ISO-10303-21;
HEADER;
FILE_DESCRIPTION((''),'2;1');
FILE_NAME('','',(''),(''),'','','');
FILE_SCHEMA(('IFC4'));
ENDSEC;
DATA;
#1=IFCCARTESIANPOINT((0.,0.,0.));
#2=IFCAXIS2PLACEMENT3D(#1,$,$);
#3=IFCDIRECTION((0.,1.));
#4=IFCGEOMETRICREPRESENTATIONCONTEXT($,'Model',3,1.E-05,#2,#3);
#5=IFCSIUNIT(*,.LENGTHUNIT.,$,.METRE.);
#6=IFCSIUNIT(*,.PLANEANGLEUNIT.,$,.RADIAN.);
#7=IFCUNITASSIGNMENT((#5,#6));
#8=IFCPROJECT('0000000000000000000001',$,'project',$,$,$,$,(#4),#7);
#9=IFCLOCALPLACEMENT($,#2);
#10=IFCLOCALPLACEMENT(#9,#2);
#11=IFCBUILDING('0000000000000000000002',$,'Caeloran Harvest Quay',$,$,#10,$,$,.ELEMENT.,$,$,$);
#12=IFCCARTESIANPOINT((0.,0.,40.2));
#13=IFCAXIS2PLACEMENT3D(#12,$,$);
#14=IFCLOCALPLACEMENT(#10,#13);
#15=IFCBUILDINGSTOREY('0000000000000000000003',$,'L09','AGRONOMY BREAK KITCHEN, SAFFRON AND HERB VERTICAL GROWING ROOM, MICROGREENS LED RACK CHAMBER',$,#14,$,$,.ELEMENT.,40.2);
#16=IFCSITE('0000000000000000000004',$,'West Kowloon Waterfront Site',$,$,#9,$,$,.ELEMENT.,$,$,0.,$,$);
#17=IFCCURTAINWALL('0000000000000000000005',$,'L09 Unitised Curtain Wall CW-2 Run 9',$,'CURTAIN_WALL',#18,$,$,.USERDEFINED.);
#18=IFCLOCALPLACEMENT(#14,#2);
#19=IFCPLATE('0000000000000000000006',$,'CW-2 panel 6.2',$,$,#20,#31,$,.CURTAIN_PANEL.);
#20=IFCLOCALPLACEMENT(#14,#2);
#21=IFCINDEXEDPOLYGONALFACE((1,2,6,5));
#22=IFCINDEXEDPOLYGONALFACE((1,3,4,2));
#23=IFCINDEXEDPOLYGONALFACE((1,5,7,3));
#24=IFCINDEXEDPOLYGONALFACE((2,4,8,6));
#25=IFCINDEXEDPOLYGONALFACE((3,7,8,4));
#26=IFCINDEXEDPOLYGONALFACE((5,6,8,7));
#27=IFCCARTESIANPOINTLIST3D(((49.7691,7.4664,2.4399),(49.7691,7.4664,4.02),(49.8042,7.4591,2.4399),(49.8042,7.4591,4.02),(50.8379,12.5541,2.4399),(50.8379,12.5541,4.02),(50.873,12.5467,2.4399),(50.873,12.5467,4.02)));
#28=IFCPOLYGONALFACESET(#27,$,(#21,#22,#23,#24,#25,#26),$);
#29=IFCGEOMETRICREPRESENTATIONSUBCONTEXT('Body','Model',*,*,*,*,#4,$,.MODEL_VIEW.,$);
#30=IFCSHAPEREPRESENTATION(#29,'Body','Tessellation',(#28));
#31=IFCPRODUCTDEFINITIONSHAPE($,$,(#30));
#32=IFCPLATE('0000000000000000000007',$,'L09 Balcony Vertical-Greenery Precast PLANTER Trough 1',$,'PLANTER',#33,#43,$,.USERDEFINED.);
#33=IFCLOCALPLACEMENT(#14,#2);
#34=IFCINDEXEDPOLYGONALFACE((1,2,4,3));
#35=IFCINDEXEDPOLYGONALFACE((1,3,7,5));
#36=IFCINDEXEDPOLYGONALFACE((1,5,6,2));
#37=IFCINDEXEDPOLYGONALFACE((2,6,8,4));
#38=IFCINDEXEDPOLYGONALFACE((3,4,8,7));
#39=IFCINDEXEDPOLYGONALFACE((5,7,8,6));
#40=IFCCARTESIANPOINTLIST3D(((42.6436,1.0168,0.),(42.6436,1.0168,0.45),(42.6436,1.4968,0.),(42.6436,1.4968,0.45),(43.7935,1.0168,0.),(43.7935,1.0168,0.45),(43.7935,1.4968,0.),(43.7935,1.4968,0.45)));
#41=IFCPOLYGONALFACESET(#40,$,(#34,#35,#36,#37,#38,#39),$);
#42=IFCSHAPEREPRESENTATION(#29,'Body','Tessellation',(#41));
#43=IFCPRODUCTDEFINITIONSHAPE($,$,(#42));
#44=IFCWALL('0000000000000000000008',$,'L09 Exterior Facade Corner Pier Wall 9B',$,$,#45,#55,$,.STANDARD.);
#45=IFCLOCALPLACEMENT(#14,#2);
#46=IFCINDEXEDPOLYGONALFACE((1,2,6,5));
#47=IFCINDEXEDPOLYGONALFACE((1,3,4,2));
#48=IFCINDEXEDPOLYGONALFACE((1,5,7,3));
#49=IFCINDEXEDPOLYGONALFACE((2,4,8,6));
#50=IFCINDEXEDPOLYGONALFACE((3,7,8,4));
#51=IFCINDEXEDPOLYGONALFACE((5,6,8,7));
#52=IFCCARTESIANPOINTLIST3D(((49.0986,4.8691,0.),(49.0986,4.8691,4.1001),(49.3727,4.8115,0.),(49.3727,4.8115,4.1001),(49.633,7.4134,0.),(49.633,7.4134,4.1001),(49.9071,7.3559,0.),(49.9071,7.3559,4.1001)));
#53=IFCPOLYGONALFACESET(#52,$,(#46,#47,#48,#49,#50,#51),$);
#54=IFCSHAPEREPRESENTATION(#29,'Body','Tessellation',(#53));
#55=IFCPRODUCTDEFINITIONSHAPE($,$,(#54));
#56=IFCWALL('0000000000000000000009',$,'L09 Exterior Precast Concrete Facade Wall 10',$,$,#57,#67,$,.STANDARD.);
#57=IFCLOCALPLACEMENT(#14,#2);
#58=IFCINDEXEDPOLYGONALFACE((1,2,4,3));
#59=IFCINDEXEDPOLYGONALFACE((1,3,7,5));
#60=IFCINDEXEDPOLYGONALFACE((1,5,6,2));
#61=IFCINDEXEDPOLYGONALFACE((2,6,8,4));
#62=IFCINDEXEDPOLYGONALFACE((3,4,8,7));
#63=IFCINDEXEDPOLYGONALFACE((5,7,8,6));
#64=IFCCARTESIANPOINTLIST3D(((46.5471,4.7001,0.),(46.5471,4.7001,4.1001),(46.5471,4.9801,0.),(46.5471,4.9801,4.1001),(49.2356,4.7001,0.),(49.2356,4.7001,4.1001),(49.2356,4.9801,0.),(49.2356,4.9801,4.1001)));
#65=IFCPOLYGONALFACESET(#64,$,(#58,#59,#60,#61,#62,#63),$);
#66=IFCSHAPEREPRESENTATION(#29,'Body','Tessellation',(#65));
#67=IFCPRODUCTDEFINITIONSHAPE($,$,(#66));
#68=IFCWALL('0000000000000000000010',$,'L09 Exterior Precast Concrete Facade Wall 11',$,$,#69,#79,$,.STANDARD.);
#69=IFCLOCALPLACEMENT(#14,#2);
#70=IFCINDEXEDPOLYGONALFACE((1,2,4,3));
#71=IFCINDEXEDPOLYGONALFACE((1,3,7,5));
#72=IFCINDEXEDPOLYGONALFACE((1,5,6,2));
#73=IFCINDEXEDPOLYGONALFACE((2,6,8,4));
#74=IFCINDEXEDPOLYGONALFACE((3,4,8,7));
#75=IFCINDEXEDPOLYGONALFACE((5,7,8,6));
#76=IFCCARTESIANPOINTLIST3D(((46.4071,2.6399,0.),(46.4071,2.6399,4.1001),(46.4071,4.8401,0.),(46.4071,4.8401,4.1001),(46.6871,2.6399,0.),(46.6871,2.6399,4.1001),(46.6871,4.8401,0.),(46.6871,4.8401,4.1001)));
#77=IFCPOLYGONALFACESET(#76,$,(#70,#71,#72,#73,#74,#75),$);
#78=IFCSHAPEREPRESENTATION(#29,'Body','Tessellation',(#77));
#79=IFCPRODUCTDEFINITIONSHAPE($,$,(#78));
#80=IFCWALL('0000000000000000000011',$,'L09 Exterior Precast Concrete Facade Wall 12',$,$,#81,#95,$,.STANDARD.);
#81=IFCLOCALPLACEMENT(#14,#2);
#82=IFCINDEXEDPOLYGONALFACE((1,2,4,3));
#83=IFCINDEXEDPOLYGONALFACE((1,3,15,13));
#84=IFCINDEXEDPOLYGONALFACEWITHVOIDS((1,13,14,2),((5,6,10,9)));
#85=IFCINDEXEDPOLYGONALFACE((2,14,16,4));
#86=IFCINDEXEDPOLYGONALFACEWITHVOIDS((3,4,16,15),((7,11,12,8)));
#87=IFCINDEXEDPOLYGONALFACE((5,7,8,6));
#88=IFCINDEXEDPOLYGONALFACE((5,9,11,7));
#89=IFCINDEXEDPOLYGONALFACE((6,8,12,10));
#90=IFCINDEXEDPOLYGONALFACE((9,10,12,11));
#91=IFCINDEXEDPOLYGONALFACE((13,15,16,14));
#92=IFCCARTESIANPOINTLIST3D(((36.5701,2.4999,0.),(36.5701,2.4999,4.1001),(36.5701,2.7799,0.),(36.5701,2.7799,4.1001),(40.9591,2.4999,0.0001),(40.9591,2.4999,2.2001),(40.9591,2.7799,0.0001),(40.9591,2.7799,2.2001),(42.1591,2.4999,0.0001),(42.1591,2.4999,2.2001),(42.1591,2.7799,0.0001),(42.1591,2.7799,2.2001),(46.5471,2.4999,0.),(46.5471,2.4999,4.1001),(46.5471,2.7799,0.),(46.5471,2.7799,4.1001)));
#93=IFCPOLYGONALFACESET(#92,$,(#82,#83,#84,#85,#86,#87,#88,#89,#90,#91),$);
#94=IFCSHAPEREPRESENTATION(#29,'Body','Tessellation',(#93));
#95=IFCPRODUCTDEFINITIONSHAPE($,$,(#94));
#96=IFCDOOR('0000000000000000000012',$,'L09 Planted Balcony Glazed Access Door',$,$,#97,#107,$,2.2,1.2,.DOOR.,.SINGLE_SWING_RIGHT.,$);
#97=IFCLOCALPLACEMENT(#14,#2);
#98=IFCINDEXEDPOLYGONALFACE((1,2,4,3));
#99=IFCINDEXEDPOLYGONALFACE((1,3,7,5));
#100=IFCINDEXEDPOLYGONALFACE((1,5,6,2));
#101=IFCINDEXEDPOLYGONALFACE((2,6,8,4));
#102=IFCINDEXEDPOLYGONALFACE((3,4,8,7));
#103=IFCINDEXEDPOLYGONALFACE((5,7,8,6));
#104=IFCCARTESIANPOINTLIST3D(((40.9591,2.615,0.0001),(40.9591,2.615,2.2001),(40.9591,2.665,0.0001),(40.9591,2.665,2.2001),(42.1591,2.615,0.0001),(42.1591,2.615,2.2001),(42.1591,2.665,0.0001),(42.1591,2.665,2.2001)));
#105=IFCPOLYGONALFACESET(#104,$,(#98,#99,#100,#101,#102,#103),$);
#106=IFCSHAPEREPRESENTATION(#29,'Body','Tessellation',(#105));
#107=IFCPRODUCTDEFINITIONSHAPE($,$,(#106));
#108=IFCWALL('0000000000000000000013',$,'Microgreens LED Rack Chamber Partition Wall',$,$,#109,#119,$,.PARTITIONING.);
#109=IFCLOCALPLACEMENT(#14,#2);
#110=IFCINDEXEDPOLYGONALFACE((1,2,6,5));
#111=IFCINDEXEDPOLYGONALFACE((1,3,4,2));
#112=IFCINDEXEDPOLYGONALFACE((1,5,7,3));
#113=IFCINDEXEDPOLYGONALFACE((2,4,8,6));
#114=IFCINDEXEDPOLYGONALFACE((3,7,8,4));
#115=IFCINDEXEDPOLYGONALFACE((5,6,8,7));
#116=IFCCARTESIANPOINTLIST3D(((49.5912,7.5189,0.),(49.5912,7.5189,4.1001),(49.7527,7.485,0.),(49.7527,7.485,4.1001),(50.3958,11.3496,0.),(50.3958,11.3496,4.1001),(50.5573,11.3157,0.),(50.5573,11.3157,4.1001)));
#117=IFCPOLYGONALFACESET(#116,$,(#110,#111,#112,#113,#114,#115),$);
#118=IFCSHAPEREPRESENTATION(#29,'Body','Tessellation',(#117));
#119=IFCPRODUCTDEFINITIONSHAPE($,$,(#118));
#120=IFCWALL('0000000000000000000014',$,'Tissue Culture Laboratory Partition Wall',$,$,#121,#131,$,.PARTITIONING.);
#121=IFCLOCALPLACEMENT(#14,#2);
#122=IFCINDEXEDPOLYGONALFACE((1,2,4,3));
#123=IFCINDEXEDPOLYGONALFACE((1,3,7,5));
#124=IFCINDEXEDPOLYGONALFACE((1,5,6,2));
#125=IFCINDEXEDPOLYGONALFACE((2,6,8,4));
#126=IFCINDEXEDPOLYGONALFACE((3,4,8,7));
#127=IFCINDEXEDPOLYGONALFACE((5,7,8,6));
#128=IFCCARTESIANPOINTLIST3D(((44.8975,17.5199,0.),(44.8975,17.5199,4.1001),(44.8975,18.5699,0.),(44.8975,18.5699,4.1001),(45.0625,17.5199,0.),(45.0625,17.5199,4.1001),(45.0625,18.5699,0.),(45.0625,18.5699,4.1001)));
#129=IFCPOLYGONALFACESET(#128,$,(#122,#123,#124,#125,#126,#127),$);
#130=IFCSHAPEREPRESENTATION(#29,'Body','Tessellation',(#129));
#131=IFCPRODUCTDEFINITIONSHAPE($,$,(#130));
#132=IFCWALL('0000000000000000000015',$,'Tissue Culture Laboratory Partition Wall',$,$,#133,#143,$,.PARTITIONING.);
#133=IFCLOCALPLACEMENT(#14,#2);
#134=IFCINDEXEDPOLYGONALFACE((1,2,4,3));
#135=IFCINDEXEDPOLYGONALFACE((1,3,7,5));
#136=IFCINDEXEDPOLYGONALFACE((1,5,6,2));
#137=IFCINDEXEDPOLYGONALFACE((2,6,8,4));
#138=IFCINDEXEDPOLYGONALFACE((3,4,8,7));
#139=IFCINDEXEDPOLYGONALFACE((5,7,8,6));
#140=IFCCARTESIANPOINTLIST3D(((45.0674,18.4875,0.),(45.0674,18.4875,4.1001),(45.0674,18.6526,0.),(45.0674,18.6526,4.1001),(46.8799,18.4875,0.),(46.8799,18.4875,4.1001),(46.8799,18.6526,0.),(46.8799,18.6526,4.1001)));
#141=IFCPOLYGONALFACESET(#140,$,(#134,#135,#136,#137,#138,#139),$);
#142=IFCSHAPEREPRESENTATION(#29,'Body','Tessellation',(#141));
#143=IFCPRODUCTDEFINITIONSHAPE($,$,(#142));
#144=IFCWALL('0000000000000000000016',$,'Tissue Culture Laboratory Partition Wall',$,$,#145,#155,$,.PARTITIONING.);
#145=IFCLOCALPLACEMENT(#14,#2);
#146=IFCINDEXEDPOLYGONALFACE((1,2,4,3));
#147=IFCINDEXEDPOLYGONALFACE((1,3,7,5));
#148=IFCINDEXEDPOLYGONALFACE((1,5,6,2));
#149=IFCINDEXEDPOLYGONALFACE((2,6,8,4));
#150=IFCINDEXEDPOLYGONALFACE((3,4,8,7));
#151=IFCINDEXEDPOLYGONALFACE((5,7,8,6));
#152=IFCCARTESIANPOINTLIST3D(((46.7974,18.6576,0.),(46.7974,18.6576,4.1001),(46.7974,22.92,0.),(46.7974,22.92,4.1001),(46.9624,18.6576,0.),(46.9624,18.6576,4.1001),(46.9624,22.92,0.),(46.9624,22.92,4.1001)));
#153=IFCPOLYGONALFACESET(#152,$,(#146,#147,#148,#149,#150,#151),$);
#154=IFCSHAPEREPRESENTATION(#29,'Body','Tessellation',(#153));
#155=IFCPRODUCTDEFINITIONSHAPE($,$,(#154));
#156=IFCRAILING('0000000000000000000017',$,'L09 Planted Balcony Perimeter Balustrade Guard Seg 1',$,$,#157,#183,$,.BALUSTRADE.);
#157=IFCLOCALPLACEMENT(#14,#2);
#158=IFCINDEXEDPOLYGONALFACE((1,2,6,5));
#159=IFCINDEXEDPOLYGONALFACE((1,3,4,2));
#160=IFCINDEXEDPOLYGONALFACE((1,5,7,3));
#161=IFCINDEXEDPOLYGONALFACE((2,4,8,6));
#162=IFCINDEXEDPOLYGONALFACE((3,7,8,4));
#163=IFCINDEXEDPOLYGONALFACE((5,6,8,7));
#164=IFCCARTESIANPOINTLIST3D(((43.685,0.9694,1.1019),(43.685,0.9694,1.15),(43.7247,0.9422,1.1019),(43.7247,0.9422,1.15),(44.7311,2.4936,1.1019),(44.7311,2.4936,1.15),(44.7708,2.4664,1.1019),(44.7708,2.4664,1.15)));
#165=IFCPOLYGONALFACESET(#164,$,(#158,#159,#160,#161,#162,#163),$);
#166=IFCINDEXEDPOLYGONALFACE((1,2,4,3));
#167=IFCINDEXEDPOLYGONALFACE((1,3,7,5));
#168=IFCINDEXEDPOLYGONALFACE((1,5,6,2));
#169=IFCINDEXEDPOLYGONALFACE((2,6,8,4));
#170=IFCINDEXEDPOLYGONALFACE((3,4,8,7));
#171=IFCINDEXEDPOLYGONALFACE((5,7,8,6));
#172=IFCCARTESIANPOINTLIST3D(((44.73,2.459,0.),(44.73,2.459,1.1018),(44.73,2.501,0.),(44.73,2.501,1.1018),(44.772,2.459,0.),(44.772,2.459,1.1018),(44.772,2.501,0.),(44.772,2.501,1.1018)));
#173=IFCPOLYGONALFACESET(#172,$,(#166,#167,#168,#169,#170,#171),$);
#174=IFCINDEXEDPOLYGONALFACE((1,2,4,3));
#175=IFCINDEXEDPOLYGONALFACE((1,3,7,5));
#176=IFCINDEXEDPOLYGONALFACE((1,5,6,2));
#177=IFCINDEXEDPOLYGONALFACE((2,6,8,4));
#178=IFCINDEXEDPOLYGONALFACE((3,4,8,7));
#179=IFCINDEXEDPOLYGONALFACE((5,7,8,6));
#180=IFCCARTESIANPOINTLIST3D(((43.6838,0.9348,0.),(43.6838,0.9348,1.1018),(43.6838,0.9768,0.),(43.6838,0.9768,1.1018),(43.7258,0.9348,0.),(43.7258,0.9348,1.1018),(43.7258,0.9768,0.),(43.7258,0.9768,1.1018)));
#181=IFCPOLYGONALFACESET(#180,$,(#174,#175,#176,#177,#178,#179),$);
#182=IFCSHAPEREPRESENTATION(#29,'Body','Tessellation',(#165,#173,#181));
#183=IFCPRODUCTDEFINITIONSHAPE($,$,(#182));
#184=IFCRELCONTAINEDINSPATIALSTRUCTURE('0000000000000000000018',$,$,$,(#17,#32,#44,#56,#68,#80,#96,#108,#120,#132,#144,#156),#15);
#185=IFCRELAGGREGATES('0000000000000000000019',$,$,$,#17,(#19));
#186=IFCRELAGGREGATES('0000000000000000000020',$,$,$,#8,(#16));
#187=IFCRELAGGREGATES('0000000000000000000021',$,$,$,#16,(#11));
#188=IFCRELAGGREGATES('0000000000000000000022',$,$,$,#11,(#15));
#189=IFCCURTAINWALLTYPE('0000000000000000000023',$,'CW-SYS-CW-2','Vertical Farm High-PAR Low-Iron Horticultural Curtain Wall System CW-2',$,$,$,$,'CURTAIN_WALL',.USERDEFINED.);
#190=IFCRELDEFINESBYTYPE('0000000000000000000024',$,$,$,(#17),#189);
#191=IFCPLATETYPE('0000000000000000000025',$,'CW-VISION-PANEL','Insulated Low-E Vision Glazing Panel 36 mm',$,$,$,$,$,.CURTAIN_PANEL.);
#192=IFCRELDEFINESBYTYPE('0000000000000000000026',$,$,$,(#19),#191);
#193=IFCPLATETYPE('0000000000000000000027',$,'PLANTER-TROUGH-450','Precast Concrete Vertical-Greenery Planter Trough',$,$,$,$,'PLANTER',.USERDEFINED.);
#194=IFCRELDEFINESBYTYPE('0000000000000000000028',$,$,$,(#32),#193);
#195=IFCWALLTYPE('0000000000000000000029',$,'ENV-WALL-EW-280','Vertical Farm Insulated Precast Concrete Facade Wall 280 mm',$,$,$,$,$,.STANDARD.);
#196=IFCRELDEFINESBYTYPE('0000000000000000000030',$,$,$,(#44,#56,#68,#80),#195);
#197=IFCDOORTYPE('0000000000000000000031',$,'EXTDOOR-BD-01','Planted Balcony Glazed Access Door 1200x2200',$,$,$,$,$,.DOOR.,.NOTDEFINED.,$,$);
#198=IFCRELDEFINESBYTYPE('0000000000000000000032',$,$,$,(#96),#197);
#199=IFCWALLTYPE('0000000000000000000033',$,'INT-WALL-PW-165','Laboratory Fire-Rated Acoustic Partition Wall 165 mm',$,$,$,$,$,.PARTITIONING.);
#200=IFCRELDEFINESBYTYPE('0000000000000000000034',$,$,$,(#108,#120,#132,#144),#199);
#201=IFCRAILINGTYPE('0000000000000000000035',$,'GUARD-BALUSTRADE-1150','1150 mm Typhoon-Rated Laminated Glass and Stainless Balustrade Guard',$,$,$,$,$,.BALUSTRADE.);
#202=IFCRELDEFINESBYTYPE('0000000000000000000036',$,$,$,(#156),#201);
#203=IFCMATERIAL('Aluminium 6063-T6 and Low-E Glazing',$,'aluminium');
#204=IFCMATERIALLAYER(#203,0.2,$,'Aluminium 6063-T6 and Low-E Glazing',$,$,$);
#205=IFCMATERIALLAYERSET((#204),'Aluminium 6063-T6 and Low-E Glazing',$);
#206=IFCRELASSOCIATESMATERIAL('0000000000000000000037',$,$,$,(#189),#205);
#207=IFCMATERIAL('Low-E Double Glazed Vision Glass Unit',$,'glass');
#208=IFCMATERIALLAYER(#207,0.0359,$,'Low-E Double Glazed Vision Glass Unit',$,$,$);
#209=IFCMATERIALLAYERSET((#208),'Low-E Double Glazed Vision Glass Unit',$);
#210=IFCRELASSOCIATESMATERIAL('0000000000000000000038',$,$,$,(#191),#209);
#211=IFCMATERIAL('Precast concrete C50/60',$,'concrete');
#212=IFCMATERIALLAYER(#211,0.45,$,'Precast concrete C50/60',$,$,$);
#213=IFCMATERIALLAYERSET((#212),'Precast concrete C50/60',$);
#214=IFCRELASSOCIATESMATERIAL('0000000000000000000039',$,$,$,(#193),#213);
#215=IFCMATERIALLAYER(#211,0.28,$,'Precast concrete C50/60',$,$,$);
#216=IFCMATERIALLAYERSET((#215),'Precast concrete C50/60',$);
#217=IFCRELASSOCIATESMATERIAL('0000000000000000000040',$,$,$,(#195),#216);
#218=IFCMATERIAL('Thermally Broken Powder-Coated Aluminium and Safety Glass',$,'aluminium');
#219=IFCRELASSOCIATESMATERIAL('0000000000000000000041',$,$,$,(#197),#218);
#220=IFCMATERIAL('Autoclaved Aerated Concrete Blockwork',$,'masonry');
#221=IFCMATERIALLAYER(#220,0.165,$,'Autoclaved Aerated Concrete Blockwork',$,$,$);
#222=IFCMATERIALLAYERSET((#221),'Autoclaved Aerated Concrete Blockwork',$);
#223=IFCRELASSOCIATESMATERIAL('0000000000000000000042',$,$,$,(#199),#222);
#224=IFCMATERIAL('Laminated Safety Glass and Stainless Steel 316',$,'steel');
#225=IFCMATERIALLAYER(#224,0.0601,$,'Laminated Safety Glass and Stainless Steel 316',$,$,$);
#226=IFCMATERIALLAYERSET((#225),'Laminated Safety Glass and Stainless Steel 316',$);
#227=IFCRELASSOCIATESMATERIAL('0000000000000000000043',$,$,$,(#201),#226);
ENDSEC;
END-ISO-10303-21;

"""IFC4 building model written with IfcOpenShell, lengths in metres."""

from ifc_helpers import new_model, si_unit, direction, frame, frame_2d, origin, origin_2d, place, context, subcontext, project, spatial, rectangle, extrude, material, layer, layer_set, type_object, element, fill, aggregate, save


model = new_model("IFC4")

# Units and contexts
model_context = context("Model", 3, precision=1e-05, world=origin(), true_north=direction((0.0, 1.0)))
body_context = subcontext(model_context, "Body", "Model", "MODEL_VIEW")
ifc_project = project(units=[si_unit("LENGTHUNIT", "METRE"), si_unit("PLANEANGLEUNIT", "RADIAN")], contexts=[model_context])

# Site, building, storey
site_placement = place(None, origin())
site = spatial("IfcSite", under=ifc_project, at=site_placement, Name="West Kowloon Waterfront Site", CompositionType="ELEMENT", RefElevation=0.0)
building_placement = place(site_placement, origin())
building = spatial("IfcBuilding", under=site, at=building_placement, Name="Caeloran Harvest Quay", CompositionType="ELEMENT")
storey_placement = place(building_placement, frame((0.0, 0.0, 40.2)))
storey = spatial("IfcBuildingStorey", under=building, at=storey_placement, Name="L09", Description="AGRONOMY BREAK KITCHEN, SAFFRON AND HERB VERTICAL GROWING ROOM, MICROGREENS LED RACK CHAMBER", CompositionType="ELEMENT", Elevation=40.2)

# Curtain wall, plate
ifc_material_1 = material(Name="Aluminium 6063-T6 and Low-E Glazing", Category="aluminium")
ifc_layer_1 = layer(ifc_material_1, 0.2, Name="Aluminium 6063-T6 and Low-E Glazing")
ifc_layer_set_1 = layer_set([ifc_layer_1], Name="Aluminium 6063-T6 and Low-E Glazing")
curtain_wall_type = type_object("IfcCurtainWallType", Name="CW-SYS-CW-2", Description="Vertical Farm High-PAR Low-Iron Horticultural Curtain Wall System CW-2", ElementType="CURTAIN_WALL", PredefinedType="USERDEFINED", material=ifc_layer_set_1)
curtain_wall_placement = place(storey_placement, origin())
curtain_wall = element("IfcCurtainWall", 1, at=curtain_wall_placement, inside=storey, type_object=curtain_wall_type, Name="L09 Unitised Curtain Wall CW-2 Run 9", ObjectType="CURTAIN_WALL", PredefinedType="USERDEFINED")
ifc_material_2 = material(Name="Low-E Double Glazed Vision Glass Unit", Category="glass")
ifc_layer_2 = layer(ifc_material_2, 0.0359, Name="Low-E Double Glazed Vision Glass Unit")
ifc_layer_set_2 = layer_set([ifc_layer_2], Name="Low-E Double Glazed Vision Glass Unit")
plate_type_1 = type_object("IfcPlateType", Name="CW-VISION-PANEL", Description="Insulated Low-E Vision Glazing Panel 36 mm", PredefinedType="CURTAIN_PANEL", material=ifc_layer_set_2)
plate_1_placement = place(storey_placement, frame((50.321, 10.0066, 2.4399), z_axis=(0.0, 0.0, 1.0), x_axis=(-0.205583, -0.97864, 0.0)))
plate_1 = element("IfcPlate", 2, at=plate_1_placement, type_object=plate_type_1, Name="CW-2 panel 6.2", PredefinedType="CURTAIN_PANEL", context=body_context, shape_type="SweptSolid", body=[
    extrude(rectangle(XDim=5.1987, YDim=0.0359, at=origin_2d()), origin(), (0.0, 0.0, 1.0), 1.5801),
])
aggregate(curtain_wall, [plate_1])

# Plate
ifc_material_3 = material(Name="Precast concrete C50/60", Category="concrete")
ifc_layer_3 = layer(ifc_material_3, 0.45, Name="Precast concrete C50/60")
ifc_layer_set_3 = layer_set([ifc_layer_3], Name="Precast concrete C50/60")
plate_type_2 = type_object("IfcPlateType", Name="PLANTER-TROUGH-450", Description="Precast Concrete Vertical-Greenery Planter Trough", ElementType="PLANTER", PredefinedType="USERDEFINED", material=ifc_layer_set_3)
plate_2_placement = place(storey_placement, frame((43.2185, 1.2568, 0.0), z_axis=(0.0, 0.0, 1.0), x_axis=(1.0, 0.0, 0.0)))
element("IfcPlate", 3, at=plate_2_placement, inside=storey, type_object=plate_type_2, Name="L09 Balcony Vertical-Greenery Precast PLANTER Trough 1", ObjectType="PLANTER", PredefinedType="USERDEFINED", context=body_context, shape_type="SweptSolid", body=[
    extrude(rectangle(XDim=1.1499, YDim=0.48, at=origin_2d()), origin(), (0.0, 0.0, 1.0), 0.45),
])

# Walls
ifc_layer_4 = layer(ifc_material_3, 0.28, Name="Precast concrete C50/60")
ifc_layer_set_4 = layer_set([ifc_layer_4], Name="Precast concrete C50/60")
wall_type_1 = type_object("IfcWallType", Name="ENV-WALL-EW-280", Description="Vertical Farm Insulated Precast Concrete Facade Wall 280 mm", PredefinedType="STANDARD", material=ifc_layer_set_4)
wall_1_placement = place(storey_placement, frame((49.77, 7.3845, 0.0), z_axis=(0.0, 0.0, 1.0), x_axis=(-0.205551, -0.978646, 0.0)))
element("IfcWall", 4, at=wall_1_placement, inside=storey, type_object=wall_type_1, Name="L09 Exterior Facade Corner Pier Wall 9B", PredefinedType="STANDARD", context=body_context, shape_type="SweptSolid", body=[
    extrude(rectangle(XDim=2.5999, YDim=0.28, at=frame_2d((1.2998, 0.0))), origin(), (0.0, 0.0, 1.0), 4.1001),
])
wall_2_placement = place(storey_placement, frame((49.2356, 4.8401, 0.0), z_axis=(0.0, 0.0, 1.0), x_axis=(-1.0, 0.0, 0.0)))
element("IfcWall", 5, at=wall_2_placement, inside=storey, type_object=wall_type_1, Name="L09 Exterior Precast Concrete Facade Wall 10", PredefinedType="STANDARD", context=body_context, shape_type="SweptSolid", body=[
    extrude(rectangle(XDim=2.6885, YDim=0.28, at=frame_2d((1.3442, 0.0))), origin(), (0.0, 0.0, 1.0), 4.1001),
])
wall_3_placement = place(storey_placement, frame((46.5471, 4.8401, 0.0), z_axis=(0.0, 0.0, 1.0), x_axis=(0.0, -1.0, 0.0)))
element("IfcWall", 6, at=wall_3_placement, inside=storey, type_object=wall_type_1, Name="L09 Exterior Precast Concrete Facade Wall 11", PredefinedType="STANDARD", context=body_context, shape_type="SweptSolid", body=[
    extrude(rectangle(XDim=2.2002, YDim=0.28, at=frame_2d((1.1001, 0.0))), origin(), (0.0, 0.0, 1.0), 4.1001),
])

# Wall, opening, door
wall_4_placement = place(storey_placement, frame((46.5471, 2.6399, 0.0), z_axis=(0.0, 0.0, 1.0), x_axis=(-1.0, 0.0, 0.0)))
wall_4 = element("IfcWall", 7, at=wall_4_placement, inside=storey, type_object=wall_type_1, Name="L09 Exterior Precast Concrete Facade Wall 12", PredefinedType="STANDARD", context=body_context, shape_type="SweptSolid", body=[
    extrude(rectangle(XDim=9.9771, YDim=0.28, at=frame_2d((4.9885, 0.0))), origin(), (0.0, 0.0, 1.0), 4.1001),
])
opening_placement = place(wall_4_placement, frame((4.3879, 0.0, 0.0)))
opening = element("IfcOpeningElement", 8, at=opening_placement, cuts=wall_4, PredefinedType="OPENING", context=body_context, shape_type="SweptSolid", body=[
    extrude(rectangle(XDim=1.2, YDim=2.2, at=frame_2d((0.6001, 1.1001))), frame((0.0, 0.1499, 0.0), z_axis=(0.0, -1.0, 0.0), x_axis=(1.0, 0.0, 0.0)), (0.0, 0.0, 1.0), 0.3),
])
ifc_material_4 = material(Name="Thermally Broken Powder-Coated Aluminium and Safety Glass", Category="aluminium")
door_type = type_object("IfcDoorType", Name="EXTDOOR-BD-01", Description="Planted Balcony Glazed Access Door 1200x2200", OperationType="NOTDEFINED", PredefinedType="DOOR", material=ifc_material_4)
door_placement = place(opening_placement, origin())
door = element("IfcDoor", 9, at=door_placement, inside=storey, type_object=door_type, Name="L09 Planted Balcony Glazed Access Door", OperationType="SINGLE_SWING_RIGHT", OverallHeight=2.2, OverallWidth=1.2, PredefinedType="DOOR", context=body_context, shape_type="SweptSolid", body=[
    extrude(rectangle(XDim=1.2, YDim=2.2, at=frame_2d((0.6001, 1.1001))), frame((0.0, 0.0249, 0.0), z_axis=(0.0, -1.0, 0.0), x_axis=(1.0, 0.0, 0.0)), (0.0, 0.0, 1.0), 0.05),
])
fill(opening, door)

# Walls
ifc_material_5 = material(Name="Autoclaved Aerated Concrete Blockwork", Category="masonry")
ifc_layer_5 = layer(ifc_material_5, 0.165, Name="Autoclaved Aerated Concrete Blockwork")
ifc_layer_set_5 = layer_set([ifc_layer_5], Name="Autoclaved Aerated Concrete Blockwork")
wall_type_2 = type_object("IfcWallType", Name="INT-WALL-PW-165", Description="Laboratory Fire-Rated Acoustic Partition Wall 165 mm", PredefinedType="PARTITIONING", material=ifc_layer_set_5)
wall_5_placement = place(storey_placement, frame((50.4766, 11.3325, 0.0), z_axis=(0.0, 0.0, 1.0), x_axis=(-0.20557, -0.978642, 0.0)))
element("IfcWall", 10, at=wall_5_placement, inside=storey, type_object=wall_type_2, Name="Microgreens LED Rack Chamber Partition Wall", PredefinedType="PARTITIONING", context=body_context, shape_type="SweptSolid", body=[
    extrude(rectangle(XDim=3.9143, YDim=0.165, at=frame_2d((1.957, 0.0))), origin(), (0.0, 0.0, 1.0), 4.1001),
])
wall_6_placement = place(storey_placement, frame((44.98, 17.52, 0.0), z_axis=(0.0, 0.0, 1.0), x_axis=(0.0, 1.0, 0.0)))
element("IfcWall", 11, at=wall_6_placement, inside=storey, type_object=wall_type_2, Name="Tissue Culture Laboratory Partition Wall", PredefinedType="PARTITIONING", context=body_context, shape_type="SweptSolid", body=[
    extrude(rectangle(XDim=1.05, YDim=0.165, at=frame_2d((0.5249, 0.0))), origin(), (0.0, 0.0, 1.0), 4.1001),
])
wall_7_placement = place(storey_placement, frame((45.0674, 18.5701, 0.0), z_axis=(0.0, 0.0, 1.0), x_axis=(1.0, 0.0, 0.0)))
element("IfcWall", 12, at=wall_7_placement, inside=storey, type_object=wall_type_2, Name="Tissue Culture Laboratory Partition Wall", PredefinedType="PARTITIONING", context=body_context, shape_type="SweptSolid", body=[
    extrude(rectangle(XDim=1.8125, YDim=0.165, at=frame_2d((0.9062, 0.0))), origin(), (0.0, 0.0, 1.0), 4.1001),
])
wall_8_placement = place(storey_placement, frame((46.8799, 18.6575, 0.0), z_axis=(0.0, 0.0, 1.0), x_axis=(0.0, 1.0, 0.0)))
element("IfcWall", 13, at=wall_8_placement, inside=storey, type_object=wall_type_2, Name="Tissue Culture Laboratory Partition Wall", PredefinedType="PARTITIONING", context=body_context, shape_type="SweptSolid", body=[
    extrude(rectangle(XDim=4.2625, YDim=0.165, at=frame_2d((2.1313, 0.0))), origin(), (0.0, 0.0, 1.0), 4.1001),
])

# Railing
ifc_material_6 = material(Name="Laminated Safety Glass and Stainless Steel 316", Category="steel")
ifc_layer_6 = layer(ifc_material_6, 0.0601, Name="Laminated Safety Glass and Stainless Steel 316")
ifc_layer_set_6 = layer_set([ifc_layer_6], Name="Laminated Safety Glass and Stainless Steel 316")
railing_type = type_object("IfcRailingType", Name="GUARD-BALUSTRADE-1150", Description="1150 mm Typhoon-Rated Laminated Glass and Stainless Balustrade Guard", PredefinedType="BALUSTRADE", material=ifc_layer_set_6)
railing_1_placement = place(storey_placement, frame((44.751, 2.48, 0.0)))
element("IfcRailing", 14, at=railing_1_placement, inside=storey, type_object=railing_type, Name="L09 Planted Balcony Perimeter Balustrade Guard Seg 1", PredefinedType="BALUSTRADE", context=body_context, shape_type="SweptSolid", body=[
    extrude(rectangle(XDim=0.0481, YDim=0.0481, at=origin_2d()), frame((0.0, 0.0, 1.126), z_axis=(-0.565895, -0.824477, 0.0), x_axis=(0.824477, -0.565895, 0.0)), (0.0, 0.0, 1.0), 1.8486),
    extrude(rectangle(XDim=0.042, YDim=0.042, at=origin_2d()), origin(), (0.0, 0.0, 1.0), 1.1018),
    extrude(rectangle(XDim=0.042, YDim=0.042, at=origin_2d()), frame((-1.0461, -1.5242, 0.0)), (0.0, 0.0, 1.0), 1.1018),
])

save(model, "model.ifc")
